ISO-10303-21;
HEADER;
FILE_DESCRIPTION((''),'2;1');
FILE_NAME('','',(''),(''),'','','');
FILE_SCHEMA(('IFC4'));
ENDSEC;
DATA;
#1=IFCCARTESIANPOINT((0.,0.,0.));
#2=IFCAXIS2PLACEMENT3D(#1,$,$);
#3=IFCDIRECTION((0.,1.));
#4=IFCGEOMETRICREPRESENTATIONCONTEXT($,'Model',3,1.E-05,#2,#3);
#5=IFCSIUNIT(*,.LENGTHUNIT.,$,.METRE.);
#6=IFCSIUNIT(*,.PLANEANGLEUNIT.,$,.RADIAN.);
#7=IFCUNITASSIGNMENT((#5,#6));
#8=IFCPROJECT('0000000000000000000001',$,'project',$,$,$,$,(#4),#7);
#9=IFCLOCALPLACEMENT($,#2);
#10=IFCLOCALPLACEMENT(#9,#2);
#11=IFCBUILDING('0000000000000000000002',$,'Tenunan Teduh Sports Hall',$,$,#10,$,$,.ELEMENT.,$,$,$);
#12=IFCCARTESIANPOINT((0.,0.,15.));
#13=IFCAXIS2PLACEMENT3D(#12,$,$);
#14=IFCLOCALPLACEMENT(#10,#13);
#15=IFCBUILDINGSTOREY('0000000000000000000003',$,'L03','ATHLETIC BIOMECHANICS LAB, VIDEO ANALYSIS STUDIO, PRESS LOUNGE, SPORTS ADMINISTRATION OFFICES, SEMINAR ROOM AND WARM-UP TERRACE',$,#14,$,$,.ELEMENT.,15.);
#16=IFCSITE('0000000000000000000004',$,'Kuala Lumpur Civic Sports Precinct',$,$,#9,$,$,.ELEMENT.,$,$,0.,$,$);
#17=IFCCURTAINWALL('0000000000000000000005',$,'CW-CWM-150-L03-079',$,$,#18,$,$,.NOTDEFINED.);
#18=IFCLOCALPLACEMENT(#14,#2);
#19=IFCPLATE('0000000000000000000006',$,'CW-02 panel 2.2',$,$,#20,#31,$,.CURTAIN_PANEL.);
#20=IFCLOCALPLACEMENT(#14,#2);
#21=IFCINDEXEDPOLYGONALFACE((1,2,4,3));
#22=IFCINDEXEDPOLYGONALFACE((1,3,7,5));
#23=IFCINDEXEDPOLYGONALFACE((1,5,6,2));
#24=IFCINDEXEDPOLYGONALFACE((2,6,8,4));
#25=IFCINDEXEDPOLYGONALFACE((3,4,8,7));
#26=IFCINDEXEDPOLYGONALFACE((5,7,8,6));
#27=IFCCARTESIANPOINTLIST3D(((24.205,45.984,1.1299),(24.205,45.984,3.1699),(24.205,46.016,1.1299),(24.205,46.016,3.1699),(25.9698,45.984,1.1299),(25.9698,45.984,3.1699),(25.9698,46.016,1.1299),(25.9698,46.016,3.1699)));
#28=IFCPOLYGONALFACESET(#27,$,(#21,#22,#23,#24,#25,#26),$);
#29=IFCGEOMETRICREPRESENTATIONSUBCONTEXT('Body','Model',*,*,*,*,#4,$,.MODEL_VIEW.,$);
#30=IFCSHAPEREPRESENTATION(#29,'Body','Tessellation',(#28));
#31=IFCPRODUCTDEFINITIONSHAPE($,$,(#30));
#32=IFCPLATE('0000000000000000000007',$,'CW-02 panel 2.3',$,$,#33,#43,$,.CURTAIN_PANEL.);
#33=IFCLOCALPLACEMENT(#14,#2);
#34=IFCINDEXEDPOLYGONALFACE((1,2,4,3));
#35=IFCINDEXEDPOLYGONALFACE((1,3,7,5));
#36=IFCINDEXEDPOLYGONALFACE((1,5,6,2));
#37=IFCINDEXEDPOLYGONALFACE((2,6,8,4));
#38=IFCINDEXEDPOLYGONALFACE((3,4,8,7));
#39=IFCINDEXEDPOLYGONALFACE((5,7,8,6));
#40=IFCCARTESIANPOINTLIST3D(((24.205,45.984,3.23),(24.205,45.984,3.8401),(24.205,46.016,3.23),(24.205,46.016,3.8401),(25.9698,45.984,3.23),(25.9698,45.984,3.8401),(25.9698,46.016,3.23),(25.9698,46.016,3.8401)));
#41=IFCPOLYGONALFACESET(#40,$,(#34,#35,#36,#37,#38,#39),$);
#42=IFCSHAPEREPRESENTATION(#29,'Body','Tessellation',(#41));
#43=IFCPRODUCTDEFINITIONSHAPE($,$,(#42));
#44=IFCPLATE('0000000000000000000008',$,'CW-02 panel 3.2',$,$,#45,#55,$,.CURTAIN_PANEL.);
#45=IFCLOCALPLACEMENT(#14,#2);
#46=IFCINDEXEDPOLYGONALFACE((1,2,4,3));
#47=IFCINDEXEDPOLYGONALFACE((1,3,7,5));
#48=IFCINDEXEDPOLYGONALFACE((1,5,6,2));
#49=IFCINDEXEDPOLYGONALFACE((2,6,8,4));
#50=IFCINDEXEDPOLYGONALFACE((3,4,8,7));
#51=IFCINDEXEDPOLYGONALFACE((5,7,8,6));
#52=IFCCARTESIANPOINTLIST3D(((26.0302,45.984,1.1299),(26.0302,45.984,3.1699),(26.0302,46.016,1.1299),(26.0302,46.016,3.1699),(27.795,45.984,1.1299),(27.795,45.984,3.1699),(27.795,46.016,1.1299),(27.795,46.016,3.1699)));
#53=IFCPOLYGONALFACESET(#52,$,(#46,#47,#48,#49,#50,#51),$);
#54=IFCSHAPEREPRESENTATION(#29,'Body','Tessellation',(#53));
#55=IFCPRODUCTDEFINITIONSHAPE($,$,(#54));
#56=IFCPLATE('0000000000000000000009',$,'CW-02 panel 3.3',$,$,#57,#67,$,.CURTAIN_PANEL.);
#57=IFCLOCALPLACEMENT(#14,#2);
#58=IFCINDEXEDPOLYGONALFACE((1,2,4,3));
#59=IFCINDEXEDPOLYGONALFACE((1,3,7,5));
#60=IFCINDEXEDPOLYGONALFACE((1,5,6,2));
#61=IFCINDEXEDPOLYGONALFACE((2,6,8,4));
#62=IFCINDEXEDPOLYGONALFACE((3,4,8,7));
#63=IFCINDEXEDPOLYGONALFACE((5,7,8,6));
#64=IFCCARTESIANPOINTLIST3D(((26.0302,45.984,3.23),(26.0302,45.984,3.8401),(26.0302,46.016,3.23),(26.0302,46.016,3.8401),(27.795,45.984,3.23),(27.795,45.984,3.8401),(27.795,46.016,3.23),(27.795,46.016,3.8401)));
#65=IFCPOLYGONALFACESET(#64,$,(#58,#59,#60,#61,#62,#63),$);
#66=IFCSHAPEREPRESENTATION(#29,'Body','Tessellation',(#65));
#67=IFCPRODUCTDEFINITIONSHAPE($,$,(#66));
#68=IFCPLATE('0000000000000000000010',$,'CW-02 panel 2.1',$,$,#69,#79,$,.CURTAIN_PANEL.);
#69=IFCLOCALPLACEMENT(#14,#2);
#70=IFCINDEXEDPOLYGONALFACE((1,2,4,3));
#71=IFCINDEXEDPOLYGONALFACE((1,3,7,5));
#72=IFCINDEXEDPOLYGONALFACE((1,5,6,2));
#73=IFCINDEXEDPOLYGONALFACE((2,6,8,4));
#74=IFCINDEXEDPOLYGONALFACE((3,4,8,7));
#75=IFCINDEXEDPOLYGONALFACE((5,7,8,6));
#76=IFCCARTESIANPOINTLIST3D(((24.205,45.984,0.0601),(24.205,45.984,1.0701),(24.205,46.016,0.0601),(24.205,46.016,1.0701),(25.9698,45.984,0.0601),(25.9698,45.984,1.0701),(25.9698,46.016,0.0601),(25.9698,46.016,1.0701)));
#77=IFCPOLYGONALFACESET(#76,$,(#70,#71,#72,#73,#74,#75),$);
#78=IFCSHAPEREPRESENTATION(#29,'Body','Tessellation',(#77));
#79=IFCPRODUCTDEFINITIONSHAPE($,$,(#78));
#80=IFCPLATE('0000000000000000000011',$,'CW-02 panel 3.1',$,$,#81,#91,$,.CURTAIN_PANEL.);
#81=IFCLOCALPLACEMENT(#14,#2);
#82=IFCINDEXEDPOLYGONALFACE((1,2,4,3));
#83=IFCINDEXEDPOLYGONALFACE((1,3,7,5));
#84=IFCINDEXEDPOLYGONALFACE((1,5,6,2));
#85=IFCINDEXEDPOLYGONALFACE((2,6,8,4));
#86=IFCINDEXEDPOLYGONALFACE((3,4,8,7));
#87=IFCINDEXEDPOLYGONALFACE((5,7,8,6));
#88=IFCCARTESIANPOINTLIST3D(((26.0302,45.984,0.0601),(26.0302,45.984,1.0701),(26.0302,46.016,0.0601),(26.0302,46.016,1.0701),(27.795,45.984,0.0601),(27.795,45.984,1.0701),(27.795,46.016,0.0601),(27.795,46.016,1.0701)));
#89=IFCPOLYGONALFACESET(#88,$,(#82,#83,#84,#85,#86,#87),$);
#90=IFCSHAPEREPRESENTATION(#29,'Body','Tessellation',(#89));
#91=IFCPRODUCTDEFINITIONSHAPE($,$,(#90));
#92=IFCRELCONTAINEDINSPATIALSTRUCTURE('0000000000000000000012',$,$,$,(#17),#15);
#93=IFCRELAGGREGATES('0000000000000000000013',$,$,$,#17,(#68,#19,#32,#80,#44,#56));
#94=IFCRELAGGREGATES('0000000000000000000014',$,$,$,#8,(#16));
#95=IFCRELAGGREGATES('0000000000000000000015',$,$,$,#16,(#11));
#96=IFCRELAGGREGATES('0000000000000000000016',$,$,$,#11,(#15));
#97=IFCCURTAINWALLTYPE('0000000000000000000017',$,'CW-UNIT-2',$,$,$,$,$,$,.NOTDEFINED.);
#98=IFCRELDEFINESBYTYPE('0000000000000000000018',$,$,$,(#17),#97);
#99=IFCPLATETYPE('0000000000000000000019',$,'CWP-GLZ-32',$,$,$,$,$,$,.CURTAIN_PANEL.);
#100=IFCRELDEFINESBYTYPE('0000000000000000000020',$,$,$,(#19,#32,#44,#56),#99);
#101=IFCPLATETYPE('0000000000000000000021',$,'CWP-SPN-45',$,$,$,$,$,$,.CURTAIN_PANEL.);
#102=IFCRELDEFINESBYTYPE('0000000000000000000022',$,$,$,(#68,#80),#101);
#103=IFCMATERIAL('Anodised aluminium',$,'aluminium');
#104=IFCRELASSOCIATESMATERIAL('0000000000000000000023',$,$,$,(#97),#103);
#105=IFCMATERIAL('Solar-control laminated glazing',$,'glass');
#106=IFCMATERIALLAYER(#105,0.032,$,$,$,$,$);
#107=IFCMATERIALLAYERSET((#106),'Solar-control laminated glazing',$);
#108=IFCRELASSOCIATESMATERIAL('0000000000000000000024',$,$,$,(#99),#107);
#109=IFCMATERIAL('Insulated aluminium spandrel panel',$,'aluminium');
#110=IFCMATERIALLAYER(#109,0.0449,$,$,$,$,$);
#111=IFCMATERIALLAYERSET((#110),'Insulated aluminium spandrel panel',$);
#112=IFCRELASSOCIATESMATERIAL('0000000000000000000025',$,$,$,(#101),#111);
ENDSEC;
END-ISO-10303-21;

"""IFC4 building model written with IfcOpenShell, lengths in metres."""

from ifc_helpers import new_model, si_unit, direction, frame, origin, origin_2d, place, context, subcontext, project, spatial, rectangle, extrude, material, layer, layer_set, type_object, element, aggregate, save


model = new_model("IFC4")

# Units and contexts
model_context = context("Model", 3, precision=1e-05, world=origin(), true_north=direction((0.0, 1.0)))
body_context = subcontext(model_context, "Body", "Model", "MODEL_VIEW")
ifc_project = project(units=[si_unit("LENGTHUNIT", "METRE"), si_unit("PLANEANGLEUNIT", "RADIAN")], contexts=[model_context])

# Site, building, storey
site_placement = place(None, origin())
site = spatial("IfcSite", under=ifc_project, at=site_placement, Name="Kuala Lumpur Civic Sports Precinct", CompositionType="ELEMENT", RefElevation=0.0)
building_placement = place(site_placement, origin())
building = spatial("IfcBuilding", under=site, at=building_placement, Name="Tenunan Teduh Sports Hall", CompositionType="ELEMENT")
storey_placement = place(building_placement, frame((0.0, 0.0, 15.0)))
storey = spatial("IfcBuildingStorey", under=building, at=storey_placement, Name="L03", Description="ATHLETIC BIOMECHANICS LAB, VIDEO ANALYSIS STUDIO, PRESS LOUNGE, SPORTS ADMINISTRATION OFFICES, SEMINAR ROOM AND WARM-UP TERRACE", CompositionType="ELEMENT", Elevation=15.0)

# Curtain wall, plates
ifc_material_1 = material(Name="Anodised aluminium", Category="aluminium")
curtain_wall_type = type_object("IfcCurtainWallType", Name="CW-UNIT-2", PredefinedType="NOTDEFINED", material=ifc_material_1)
curtain_wall_placement = place(storey_placement, origin())
curtain_wall = element("IfcCurtainWall", 1, at=curtain_wall_placement, inside=storey, type_object=curtain_wall_type, Name="CW-CWM-150-L03-079", PredefinedType="NOTDEFINED")
ifc_material_2 = material(Name="Solar-control laminated glazing", Category="glass")
ifc_layer_1 = layer(ifc_material_2, 0.032)
ifc_layer_set_1 = layer_set([ifc_layer_1], Name="Solar-control laminated glazing")
plate_type_1 = type_object("IfcPlateType", Name="CWP-GLZ-32", PredefinedType="CURTAIN_PANEL", material=ifc_layer_set_1)
plate_1_placement = place(storey_placement, frame((25.0874, 46.0, 1.1299), z_axis=(0.0, 0.0, 1.0), x_axis=(1.0, 0.0, 0.0)))
plate_1 = element("IfcPlate", 2, at=plate_1_placement, type_object=plate_type_1, Name="CW-02 panel 2.2", PredefinedType="CURTAIN_PANEL", context=body_context, shape_type="SweptSolid", body=[
    extrude(rectangle(XDim=1.7649, YDim=0.032, at=origin_2d()), origin(), (0.0, 0.0, 1.0), 2.04),
])
plate_2_placement = place(storey_placement, frame((25.0874, 46.0, 3.23), z_axis=(0.0, 0.0, 1.0), x_axis=(1.0, 0.0, 0.0)))
plate_2 = element("IfcPlate", 3, at=plate_2_placement, type_object=plate_type_1, Name="CW-02 panel 2.3", PredefinedType="CURTAIN_PANEL", context=body_context, shape_type="SweptSolid", body=[
    extrude(rectangle(XDim=1.7649, YDim=0.032, at=origin_2d()), origin(), (0.0, 0.0, 1.0), 0.6101),
])
plate_3_placement = place(storey_placement, frame((26.9126, 46.0, 1.1299), z_axis=(0.0, 0.0, 1.0), x_axis=(1.0, 0.0, 0.0)))
plate_3 = element("IfcPlate", 4, at=plate_3_placement, type_object=plate_type_1, Name="CW-02 panel 3.2", PredefinedType="CURTAIN_PANEL", context=body_context, shape_type="SweptSolid", body=[
    extrude(rectangle(XDim=1.7649, YDim=0.032, at=origin_2d()), origin(), (0.0, 0.0, 1.0), 2.04),
])
plate_4_placement = place(storey_placement, frame((26.9126, 46.0, 3.23), z_axis=(0.0, 0.0, 1.0), x_axis=(1.0, 0.0, 0.0)))
plate_4 = element("IfcPlate", 5, at=plate_4_placement, type_object=plate_type_1, Name="CW-02 panel 3.3", PredefinedType="CURTAIN_PANEL", context=body_context, shape_type="SweptSolid", body=[
    extrude(rectangle(XDim=1.7649, YDim=0.032, at=origin_2d()), origin(), (0.0, 0.0, 1.0), 0.6101),
])
ifc_material_3 = material(Name="Insulated aluminium spandrel panel", Category="aluminium")
ifc_layer_2 = layer(ifc_material_3, 0.0449)
ifc_layer_set_2 = layer_set([ifc_layer_2], Name="Insulated aluminium spandrel panel")
plate_type_2 = type_object("IfcPlateType", Name="CWP-SPN-45", PredefinedType="CURTAIN_PANEL", material=ifc_layer_set_2)
plate_5_placement = place(storey_placement, frame((25.0874, 46.0, 0.0601), z_axis=(0.0, 0.0, 1.0), x_axis=(1.0, 0.0, 0.0)))
plate_5 = element("IfcPlate", 6, at=plate_5_placement, type_object=plate_type_2, Name="CW-02 panel 2.1", PredefinedType="CURTAIN_PANEL", context=body_context, shape_type="SweptSolid", body=[
    extrude(rectangle(XDim=1.7649, YDim=0.032, at=origin_2d()), origin(), (0.0, 0.0, 1.0), 1.01),
])
plate_6_placement = place(storey_placement, frame((26.9126, 46.0, 0.0601), z_axis=(0.0, 0.0, 1.0), x_axis=(1.0, 0.0, 0.0)))
plate_6 = element("IfcPlate", 7, at=plate_6_placement, type_object=plate_type_2, Name="CW-02 panel 3.1", PredefinedType="CURTAIN_PANEL", context=body_context, shape_type="SweptSolid", body=[
    extrude(rectangle(XDim=1.7649, YDim=0.032, at=origin_2d()), origin(), (0.0, 0.0, 1.0), 1.01),
])
aggregate(curtain_wall, [plate_5, plate_1, plate_2, plate_6, plate_3, plate_4])

save(model, "model.ifc")
